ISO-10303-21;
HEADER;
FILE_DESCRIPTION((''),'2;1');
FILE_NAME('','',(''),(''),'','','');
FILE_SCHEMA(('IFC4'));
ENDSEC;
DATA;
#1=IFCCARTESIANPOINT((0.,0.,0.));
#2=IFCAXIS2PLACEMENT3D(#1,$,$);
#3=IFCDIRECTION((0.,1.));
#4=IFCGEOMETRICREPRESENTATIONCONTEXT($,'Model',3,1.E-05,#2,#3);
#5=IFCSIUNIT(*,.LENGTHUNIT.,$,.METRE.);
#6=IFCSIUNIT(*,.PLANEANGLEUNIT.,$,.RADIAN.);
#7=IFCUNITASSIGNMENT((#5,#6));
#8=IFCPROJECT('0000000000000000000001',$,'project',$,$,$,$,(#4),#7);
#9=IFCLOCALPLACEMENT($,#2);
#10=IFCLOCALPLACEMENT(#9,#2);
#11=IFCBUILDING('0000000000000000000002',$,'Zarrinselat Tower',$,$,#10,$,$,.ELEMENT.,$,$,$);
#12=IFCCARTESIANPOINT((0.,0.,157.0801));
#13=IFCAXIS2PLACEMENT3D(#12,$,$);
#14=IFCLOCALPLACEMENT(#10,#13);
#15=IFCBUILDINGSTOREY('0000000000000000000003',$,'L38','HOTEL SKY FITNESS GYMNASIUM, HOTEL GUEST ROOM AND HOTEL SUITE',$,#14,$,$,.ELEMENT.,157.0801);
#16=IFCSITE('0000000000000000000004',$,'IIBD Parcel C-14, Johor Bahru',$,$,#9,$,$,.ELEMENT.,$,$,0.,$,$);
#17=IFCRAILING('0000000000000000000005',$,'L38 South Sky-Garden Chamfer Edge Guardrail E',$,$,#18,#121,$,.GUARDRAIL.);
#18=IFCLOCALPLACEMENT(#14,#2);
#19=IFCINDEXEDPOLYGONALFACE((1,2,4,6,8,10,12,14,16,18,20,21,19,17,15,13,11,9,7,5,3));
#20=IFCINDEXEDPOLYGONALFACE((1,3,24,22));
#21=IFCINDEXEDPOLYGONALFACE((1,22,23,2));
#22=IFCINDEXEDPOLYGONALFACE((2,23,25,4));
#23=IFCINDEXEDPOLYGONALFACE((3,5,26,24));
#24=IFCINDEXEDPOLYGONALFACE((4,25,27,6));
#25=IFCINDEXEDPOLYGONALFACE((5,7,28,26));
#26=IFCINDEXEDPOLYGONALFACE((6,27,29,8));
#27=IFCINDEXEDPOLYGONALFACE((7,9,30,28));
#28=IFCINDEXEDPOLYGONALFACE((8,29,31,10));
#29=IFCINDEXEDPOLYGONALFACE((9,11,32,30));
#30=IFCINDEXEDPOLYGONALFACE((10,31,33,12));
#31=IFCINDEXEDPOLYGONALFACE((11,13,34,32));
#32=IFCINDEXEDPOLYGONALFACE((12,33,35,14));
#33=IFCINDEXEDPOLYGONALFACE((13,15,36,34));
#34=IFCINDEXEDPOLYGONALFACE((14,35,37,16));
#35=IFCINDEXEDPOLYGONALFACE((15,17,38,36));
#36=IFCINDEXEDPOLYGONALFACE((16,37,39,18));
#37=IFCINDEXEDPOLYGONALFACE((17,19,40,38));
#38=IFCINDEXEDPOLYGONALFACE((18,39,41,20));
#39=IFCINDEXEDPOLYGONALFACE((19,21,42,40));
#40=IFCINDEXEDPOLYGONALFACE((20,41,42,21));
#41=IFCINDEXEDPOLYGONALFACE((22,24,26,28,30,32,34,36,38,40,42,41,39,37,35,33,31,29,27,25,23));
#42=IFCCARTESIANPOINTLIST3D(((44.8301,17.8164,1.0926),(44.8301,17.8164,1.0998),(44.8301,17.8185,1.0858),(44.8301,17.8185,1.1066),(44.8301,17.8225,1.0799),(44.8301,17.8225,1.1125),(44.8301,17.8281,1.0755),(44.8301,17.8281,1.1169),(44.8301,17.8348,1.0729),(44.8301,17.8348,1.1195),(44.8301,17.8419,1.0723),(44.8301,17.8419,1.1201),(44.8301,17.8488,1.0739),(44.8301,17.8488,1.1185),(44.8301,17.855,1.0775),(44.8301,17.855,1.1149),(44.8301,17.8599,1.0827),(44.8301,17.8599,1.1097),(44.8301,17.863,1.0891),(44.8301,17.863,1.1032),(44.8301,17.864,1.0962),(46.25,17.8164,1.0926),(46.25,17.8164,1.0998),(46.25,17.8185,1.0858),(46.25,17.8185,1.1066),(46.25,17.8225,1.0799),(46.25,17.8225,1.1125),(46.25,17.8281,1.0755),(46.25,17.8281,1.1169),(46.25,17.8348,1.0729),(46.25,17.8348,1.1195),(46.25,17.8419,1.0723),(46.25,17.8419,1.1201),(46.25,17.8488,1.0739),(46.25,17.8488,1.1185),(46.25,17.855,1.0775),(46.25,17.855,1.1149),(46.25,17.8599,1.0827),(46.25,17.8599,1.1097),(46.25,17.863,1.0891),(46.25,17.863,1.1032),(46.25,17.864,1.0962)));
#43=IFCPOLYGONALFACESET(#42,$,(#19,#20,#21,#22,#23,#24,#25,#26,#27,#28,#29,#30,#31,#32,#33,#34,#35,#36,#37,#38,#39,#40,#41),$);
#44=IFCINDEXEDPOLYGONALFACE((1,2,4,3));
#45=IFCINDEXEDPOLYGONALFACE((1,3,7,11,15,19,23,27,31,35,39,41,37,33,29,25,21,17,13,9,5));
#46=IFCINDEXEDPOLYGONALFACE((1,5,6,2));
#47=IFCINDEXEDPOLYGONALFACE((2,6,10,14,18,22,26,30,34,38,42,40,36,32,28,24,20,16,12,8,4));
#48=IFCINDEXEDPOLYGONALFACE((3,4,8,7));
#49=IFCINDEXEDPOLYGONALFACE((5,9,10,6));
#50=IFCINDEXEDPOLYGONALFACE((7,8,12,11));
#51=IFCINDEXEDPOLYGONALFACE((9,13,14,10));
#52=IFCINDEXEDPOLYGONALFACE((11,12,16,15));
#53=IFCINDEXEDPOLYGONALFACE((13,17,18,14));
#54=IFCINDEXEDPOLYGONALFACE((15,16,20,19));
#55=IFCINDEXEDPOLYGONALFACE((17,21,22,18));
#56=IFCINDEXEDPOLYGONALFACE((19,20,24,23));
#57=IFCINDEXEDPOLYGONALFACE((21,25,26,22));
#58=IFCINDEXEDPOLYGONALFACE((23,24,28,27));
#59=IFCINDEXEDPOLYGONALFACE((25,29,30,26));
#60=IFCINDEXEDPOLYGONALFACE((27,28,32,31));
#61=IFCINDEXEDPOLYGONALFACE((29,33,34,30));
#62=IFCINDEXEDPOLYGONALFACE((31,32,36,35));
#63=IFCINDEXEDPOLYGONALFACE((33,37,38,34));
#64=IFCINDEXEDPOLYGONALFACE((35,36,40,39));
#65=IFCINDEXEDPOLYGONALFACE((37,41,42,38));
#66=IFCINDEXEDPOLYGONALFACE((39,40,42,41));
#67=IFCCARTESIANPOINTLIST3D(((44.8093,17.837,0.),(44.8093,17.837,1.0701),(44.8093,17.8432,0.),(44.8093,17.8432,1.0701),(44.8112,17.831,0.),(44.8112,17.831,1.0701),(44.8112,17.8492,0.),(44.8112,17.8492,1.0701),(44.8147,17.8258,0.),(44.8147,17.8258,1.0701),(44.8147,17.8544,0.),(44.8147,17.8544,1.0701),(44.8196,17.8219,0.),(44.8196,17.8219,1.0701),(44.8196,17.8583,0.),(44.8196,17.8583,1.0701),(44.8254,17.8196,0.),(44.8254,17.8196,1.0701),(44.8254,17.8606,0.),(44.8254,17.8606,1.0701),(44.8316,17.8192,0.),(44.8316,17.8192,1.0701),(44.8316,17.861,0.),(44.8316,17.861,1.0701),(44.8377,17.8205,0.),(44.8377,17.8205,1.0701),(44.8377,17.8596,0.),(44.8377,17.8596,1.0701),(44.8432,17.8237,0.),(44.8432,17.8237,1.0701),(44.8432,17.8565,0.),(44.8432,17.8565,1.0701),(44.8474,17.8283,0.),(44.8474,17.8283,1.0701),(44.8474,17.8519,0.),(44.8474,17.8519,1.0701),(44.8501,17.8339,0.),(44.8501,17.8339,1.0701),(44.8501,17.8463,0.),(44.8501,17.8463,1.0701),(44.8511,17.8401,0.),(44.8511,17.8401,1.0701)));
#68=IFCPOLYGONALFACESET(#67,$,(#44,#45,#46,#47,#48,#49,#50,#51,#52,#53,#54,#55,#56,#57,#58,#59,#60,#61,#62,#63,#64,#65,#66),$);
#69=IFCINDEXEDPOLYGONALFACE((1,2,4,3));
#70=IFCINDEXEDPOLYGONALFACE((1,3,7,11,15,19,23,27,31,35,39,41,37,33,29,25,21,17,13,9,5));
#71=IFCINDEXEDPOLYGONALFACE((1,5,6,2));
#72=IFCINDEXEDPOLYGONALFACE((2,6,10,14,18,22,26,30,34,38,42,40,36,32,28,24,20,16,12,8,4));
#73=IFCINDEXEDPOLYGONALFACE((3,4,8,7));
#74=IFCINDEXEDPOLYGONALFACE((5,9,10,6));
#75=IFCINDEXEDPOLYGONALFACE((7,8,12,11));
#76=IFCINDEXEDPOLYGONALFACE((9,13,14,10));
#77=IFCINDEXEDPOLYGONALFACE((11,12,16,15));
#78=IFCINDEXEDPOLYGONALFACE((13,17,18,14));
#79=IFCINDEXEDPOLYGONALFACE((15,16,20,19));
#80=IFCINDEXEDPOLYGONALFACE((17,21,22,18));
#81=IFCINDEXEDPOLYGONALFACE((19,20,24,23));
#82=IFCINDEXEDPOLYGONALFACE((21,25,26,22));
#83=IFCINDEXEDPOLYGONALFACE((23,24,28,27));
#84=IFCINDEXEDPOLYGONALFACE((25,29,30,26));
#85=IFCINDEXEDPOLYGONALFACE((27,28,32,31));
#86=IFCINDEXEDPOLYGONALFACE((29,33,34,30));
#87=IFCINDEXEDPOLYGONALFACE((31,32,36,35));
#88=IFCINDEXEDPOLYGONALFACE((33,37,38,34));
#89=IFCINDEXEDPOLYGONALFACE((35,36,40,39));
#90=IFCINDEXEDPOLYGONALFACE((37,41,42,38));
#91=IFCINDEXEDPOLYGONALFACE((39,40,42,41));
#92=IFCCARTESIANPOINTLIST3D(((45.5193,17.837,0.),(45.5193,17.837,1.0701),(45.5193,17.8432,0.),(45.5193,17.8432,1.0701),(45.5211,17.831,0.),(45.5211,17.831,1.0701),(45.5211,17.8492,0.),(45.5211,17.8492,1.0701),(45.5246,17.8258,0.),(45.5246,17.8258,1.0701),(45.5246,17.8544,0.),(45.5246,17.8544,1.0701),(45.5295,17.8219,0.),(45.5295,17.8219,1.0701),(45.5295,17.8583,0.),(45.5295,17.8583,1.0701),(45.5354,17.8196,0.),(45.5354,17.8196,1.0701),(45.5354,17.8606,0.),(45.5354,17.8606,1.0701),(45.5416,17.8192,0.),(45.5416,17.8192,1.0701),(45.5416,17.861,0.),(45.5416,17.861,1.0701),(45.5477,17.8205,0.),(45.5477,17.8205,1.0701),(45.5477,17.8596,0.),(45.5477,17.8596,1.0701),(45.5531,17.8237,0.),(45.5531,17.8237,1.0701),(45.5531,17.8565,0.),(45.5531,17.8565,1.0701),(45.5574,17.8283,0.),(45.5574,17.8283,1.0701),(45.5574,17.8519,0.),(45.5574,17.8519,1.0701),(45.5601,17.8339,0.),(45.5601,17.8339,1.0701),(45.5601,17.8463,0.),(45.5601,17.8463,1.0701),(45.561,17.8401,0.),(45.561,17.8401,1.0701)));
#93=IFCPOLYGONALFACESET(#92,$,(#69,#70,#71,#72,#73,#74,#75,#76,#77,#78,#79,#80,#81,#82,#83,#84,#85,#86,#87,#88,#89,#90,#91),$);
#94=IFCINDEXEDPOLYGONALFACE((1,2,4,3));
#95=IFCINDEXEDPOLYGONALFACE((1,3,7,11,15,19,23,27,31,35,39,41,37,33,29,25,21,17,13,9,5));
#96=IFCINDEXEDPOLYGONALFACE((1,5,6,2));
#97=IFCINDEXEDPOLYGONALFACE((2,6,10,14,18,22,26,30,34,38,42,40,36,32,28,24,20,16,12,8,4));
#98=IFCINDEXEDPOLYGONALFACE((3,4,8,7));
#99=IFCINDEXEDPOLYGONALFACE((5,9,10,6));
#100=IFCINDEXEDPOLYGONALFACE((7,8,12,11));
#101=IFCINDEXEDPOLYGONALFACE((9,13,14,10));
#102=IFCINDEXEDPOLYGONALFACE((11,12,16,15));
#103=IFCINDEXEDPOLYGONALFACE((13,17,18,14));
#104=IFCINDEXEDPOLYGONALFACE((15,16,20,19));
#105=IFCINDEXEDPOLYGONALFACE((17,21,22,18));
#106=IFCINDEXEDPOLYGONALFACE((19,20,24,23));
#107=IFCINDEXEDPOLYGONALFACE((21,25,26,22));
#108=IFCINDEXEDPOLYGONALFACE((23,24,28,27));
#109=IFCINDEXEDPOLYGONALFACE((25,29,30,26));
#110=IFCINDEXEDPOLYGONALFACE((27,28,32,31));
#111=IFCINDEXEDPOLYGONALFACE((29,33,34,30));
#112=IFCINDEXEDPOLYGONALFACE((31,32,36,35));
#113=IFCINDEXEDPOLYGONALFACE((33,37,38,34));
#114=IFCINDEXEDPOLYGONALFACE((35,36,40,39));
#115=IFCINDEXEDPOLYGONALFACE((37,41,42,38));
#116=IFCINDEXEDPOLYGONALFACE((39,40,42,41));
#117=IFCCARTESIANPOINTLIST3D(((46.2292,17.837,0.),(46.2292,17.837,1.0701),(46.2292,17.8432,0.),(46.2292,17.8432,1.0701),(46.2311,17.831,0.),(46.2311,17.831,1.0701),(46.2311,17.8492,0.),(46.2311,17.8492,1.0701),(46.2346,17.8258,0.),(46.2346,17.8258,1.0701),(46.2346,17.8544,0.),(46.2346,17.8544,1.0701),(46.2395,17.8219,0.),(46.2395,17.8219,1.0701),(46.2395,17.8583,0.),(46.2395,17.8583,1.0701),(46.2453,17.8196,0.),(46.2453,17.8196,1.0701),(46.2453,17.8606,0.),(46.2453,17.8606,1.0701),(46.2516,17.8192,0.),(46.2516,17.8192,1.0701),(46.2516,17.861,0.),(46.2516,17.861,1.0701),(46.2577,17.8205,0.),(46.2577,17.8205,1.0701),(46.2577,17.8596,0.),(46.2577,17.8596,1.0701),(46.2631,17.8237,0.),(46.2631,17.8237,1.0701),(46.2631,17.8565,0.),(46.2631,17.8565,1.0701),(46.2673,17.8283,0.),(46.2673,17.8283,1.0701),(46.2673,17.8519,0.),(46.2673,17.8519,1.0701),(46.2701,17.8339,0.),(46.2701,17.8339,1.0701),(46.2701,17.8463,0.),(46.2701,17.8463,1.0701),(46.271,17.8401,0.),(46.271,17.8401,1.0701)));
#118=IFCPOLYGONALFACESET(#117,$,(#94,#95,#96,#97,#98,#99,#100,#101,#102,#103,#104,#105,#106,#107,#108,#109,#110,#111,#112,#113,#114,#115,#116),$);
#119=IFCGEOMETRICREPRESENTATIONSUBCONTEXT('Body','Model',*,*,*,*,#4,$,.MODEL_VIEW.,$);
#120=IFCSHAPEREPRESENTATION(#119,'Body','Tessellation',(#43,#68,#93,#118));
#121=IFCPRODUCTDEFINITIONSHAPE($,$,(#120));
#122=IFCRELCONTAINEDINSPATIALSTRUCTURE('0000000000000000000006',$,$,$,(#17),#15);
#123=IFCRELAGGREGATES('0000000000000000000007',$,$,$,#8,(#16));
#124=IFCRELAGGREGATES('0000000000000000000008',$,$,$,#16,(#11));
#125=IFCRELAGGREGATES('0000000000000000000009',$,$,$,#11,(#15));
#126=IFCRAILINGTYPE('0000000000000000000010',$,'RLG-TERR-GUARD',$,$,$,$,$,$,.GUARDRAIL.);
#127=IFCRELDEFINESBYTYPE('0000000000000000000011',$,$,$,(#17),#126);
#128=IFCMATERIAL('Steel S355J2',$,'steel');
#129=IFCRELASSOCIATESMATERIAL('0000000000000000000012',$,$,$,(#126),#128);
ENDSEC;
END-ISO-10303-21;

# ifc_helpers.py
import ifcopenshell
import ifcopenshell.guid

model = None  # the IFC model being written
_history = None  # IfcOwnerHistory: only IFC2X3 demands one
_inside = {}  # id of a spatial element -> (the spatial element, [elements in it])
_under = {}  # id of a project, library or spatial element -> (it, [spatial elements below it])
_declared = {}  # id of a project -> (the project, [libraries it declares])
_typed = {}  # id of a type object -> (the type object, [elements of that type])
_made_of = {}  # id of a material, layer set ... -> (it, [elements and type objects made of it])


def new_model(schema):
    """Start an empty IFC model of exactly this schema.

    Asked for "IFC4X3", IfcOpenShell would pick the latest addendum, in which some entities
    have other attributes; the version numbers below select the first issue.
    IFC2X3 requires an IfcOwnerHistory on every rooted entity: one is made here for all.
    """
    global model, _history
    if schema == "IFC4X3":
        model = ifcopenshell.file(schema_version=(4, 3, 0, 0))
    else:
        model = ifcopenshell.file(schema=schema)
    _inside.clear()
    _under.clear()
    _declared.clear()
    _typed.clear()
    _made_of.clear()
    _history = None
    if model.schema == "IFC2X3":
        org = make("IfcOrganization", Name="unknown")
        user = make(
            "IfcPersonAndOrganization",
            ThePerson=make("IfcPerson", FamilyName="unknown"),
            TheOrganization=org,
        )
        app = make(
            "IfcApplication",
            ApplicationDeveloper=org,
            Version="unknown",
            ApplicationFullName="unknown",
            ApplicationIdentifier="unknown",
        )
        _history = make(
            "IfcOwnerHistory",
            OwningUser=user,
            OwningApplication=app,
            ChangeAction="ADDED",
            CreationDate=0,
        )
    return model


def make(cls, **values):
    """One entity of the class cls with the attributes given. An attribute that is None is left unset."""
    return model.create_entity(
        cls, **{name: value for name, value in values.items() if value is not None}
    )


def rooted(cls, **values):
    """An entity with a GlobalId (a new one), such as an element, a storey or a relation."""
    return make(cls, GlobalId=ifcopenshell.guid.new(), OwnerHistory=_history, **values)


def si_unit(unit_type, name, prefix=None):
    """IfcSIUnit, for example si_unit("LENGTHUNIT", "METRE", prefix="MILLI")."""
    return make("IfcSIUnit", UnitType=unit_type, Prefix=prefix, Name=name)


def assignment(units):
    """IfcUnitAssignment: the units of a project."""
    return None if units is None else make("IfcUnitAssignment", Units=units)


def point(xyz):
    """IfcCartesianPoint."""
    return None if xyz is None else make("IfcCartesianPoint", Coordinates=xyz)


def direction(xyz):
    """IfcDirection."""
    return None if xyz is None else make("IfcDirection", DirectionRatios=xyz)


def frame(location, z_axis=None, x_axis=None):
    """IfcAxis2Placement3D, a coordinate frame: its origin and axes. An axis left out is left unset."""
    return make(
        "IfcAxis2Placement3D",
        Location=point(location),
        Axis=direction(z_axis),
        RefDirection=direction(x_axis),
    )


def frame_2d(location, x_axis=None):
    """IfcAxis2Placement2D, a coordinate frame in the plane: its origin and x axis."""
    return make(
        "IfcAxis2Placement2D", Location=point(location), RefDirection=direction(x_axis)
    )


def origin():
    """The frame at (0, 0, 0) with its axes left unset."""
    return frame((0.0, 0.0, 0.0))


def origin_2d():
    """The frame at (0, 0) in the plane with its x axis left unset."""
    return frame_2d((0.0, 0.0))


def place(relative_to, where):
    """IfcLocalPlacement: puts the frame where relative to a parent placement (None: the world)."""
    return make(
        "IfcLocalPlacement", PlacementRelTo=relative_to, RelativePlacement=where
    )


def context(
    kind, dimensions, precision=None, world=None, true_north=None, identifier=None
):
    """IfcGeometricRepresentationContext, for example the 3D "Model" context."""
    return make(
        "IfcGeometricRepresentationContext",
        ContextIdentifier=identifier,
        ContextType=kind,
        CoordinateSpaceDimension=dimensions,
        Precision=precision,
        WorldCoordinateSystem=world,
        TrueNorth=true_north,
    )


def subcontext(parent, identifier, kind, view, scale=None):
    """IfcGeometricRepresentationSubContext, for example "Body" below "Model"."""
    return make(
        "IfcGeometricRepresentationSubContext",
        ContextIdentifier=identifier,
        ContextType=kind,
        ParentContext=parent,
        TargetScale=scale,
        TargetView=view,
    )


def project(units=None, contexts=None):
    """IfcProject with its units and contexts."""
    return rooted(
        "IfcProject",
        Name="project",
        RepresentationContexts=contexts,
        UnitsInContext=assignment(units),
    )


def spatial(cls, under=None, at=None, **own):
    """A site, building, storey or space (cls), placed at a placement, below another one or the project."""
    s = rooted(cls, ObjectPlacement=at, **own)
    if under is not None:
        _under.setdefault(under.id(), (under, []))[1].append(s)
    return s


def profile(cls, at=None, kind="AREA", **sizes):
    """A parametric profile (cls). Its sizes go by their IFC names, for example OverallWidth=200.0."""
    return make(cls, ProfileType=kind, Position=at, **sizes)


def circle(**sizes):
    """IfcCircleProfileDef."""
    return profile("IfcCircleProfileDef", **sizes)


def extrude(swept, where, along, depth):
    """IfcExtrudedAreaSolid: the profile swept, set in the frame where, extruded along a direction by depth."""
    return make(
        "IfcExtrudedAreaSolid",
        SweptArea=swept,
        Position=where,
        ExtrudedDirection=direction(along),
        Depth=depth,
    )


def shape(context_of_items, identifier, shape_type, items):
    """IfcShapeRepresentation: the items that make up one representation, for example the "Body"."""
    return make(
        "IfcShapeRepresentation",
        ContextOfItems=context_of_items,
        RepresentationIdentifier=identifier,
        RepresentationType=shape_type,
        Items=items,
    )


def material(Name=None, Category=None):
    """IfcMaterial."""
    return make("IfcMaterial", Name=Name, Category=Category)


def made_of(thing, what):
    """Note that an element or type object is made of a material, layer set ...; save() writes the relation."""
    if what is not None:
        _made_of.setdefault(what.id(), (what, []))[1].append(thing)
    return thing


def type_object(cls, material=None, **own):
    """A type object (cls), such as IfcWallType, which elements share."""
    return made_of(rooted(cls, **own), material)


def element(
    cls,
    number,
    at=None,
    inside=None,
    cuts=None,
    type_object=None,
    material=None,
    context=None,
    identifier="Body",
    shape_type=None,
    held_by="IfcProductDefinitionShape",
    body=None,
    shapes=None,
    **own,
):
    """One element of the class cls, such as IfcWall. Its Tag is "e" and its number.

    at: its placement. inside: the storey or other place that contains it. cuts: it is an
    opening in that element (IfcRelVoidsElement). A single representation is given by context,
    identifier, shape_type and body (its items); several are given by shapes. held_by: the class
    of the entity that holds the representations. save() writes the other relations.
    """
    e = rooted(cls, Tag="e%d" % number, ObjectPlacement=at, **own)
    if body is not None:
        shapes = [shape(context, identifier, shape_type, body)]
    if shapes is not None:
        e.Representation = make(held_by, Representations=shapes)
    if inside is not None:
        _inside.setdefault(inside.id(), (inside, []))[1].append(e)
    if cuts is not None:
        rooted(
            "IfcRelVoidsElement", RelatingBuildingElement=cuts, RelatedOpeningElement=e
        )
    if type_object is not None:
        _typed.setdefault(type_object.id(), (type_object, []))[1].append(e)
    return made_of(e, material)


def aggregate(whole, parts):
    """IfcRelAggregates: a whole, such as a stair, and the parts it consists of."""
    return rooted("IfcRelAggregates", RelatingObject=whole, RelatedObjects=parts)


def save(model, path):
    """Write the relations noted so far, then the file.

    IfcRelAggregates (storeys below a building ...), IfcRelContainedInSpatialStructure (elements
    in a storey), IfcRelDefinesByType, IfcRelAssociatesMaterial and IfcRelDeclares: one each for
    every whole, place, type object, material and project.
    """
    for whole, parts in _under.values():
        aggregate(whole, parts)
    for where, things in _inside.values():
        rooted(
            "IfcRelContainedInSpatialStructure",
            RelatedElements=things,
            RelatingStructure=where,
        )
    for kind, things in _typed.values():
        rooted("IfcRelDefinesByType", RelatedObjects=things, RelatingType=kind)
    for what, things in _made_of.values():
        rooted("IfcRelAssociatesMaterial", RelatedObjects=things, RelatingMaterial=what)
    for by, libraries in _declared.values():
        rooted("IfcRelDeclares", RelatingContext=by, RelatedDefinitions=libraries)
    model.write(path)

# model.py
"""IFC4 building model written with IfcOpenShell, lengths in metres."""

from ifc_helpers import new_model, si_unit, direction, frame, origin, origin_2d, place, context, subcontext, project, spatial, circle, extrude, material, type_object, element, save


model = new_model("IFC4")

# Units and contexts
model_context = context("Model", 3, precision=1e-05, world=origin(), true_north=direction((0.0, 1.0)))
body_context = subcontext(model_context, "Body", "Model", "MODEL_VIEW")
ifc_project = project(units=[si_unit("LENGTHUNIT", "METRE"), si_unit("PLANEANGLEUNIT", "RADIAN")], contexts=[model_context])

# Site, building, storey
site_placement = place(None, origin())
site = spatial("IfcSite", under=ifc_project, at=site_placement, Name="IIBD Parcel C-14, Johor Bahru", CompositionType="ELEMENT", RefElevation=0.0)
building_placement = place(site_placement, origin())
building = spatial("IfcBuilding", under=site, at=building_placement, Name="Zarrinselat Tower", CompositionType="ELEMENT")
storey_placement = place(building_placement, frame((0.0, 0.0, 157.0801)))
storey = spatial("IfcBuildingStorey", under=building, at=storey_placement, Name="L38", Description="HOTEL SKY FITNESS GYMNASIUM, HOTEL GUEST ROOM AND HOTEL SUITE", CompositionType="ELEMENT", Elevation=157.0801)

# Railing
ifc_material_1 = material(Name="Steel S355J2", Category="steel")
railing_type_1 = type_object("IfcRailingType", Name="RLG-TERR-GUARD", PredefinedType="GUARDRAIL", material=ifc_material_1)
railing_1_placement = place(storey_placement, frame((44.8301, 17.8401, 0.0)))
element("IfcRailing", 1, at=railing_1_placement, inside=storey, type_object=railing_type_1, Name="L38 South Sky-Garden Chamfer Edge Guardrail E", PredefinedType="GUARDRAIL", context=body_context, shape_type="SweptSolid", body=[
    extrude(circle(Radius=0.0239, at=origin_2d()), frame((0.0, 0.0, 1.0962), z_axis=(1.0, 0.0, 0.0), x_axis=(0.0, 1.0, 0.0)), (0.0, 0.0, 1.0), 1.4199),
    extrude(circle(Radius=0.021, at=origin_2d()), origin(), (0.0, 0.0, 1.0), 1.0701),
    extrude(circle(Radius=0.021, at=origin_2d()), frame((0.71, 0.0, 0.0)), (0.0, 0.0, 1.0), 1.0701),
    extrude(circle(Radius=0.021, at=origin_2d()), frame((1.4199, 0.0, 0.0)), (0.0, 0.0, 1.0), 1.0701),
])

save(model, "model.ifc")
